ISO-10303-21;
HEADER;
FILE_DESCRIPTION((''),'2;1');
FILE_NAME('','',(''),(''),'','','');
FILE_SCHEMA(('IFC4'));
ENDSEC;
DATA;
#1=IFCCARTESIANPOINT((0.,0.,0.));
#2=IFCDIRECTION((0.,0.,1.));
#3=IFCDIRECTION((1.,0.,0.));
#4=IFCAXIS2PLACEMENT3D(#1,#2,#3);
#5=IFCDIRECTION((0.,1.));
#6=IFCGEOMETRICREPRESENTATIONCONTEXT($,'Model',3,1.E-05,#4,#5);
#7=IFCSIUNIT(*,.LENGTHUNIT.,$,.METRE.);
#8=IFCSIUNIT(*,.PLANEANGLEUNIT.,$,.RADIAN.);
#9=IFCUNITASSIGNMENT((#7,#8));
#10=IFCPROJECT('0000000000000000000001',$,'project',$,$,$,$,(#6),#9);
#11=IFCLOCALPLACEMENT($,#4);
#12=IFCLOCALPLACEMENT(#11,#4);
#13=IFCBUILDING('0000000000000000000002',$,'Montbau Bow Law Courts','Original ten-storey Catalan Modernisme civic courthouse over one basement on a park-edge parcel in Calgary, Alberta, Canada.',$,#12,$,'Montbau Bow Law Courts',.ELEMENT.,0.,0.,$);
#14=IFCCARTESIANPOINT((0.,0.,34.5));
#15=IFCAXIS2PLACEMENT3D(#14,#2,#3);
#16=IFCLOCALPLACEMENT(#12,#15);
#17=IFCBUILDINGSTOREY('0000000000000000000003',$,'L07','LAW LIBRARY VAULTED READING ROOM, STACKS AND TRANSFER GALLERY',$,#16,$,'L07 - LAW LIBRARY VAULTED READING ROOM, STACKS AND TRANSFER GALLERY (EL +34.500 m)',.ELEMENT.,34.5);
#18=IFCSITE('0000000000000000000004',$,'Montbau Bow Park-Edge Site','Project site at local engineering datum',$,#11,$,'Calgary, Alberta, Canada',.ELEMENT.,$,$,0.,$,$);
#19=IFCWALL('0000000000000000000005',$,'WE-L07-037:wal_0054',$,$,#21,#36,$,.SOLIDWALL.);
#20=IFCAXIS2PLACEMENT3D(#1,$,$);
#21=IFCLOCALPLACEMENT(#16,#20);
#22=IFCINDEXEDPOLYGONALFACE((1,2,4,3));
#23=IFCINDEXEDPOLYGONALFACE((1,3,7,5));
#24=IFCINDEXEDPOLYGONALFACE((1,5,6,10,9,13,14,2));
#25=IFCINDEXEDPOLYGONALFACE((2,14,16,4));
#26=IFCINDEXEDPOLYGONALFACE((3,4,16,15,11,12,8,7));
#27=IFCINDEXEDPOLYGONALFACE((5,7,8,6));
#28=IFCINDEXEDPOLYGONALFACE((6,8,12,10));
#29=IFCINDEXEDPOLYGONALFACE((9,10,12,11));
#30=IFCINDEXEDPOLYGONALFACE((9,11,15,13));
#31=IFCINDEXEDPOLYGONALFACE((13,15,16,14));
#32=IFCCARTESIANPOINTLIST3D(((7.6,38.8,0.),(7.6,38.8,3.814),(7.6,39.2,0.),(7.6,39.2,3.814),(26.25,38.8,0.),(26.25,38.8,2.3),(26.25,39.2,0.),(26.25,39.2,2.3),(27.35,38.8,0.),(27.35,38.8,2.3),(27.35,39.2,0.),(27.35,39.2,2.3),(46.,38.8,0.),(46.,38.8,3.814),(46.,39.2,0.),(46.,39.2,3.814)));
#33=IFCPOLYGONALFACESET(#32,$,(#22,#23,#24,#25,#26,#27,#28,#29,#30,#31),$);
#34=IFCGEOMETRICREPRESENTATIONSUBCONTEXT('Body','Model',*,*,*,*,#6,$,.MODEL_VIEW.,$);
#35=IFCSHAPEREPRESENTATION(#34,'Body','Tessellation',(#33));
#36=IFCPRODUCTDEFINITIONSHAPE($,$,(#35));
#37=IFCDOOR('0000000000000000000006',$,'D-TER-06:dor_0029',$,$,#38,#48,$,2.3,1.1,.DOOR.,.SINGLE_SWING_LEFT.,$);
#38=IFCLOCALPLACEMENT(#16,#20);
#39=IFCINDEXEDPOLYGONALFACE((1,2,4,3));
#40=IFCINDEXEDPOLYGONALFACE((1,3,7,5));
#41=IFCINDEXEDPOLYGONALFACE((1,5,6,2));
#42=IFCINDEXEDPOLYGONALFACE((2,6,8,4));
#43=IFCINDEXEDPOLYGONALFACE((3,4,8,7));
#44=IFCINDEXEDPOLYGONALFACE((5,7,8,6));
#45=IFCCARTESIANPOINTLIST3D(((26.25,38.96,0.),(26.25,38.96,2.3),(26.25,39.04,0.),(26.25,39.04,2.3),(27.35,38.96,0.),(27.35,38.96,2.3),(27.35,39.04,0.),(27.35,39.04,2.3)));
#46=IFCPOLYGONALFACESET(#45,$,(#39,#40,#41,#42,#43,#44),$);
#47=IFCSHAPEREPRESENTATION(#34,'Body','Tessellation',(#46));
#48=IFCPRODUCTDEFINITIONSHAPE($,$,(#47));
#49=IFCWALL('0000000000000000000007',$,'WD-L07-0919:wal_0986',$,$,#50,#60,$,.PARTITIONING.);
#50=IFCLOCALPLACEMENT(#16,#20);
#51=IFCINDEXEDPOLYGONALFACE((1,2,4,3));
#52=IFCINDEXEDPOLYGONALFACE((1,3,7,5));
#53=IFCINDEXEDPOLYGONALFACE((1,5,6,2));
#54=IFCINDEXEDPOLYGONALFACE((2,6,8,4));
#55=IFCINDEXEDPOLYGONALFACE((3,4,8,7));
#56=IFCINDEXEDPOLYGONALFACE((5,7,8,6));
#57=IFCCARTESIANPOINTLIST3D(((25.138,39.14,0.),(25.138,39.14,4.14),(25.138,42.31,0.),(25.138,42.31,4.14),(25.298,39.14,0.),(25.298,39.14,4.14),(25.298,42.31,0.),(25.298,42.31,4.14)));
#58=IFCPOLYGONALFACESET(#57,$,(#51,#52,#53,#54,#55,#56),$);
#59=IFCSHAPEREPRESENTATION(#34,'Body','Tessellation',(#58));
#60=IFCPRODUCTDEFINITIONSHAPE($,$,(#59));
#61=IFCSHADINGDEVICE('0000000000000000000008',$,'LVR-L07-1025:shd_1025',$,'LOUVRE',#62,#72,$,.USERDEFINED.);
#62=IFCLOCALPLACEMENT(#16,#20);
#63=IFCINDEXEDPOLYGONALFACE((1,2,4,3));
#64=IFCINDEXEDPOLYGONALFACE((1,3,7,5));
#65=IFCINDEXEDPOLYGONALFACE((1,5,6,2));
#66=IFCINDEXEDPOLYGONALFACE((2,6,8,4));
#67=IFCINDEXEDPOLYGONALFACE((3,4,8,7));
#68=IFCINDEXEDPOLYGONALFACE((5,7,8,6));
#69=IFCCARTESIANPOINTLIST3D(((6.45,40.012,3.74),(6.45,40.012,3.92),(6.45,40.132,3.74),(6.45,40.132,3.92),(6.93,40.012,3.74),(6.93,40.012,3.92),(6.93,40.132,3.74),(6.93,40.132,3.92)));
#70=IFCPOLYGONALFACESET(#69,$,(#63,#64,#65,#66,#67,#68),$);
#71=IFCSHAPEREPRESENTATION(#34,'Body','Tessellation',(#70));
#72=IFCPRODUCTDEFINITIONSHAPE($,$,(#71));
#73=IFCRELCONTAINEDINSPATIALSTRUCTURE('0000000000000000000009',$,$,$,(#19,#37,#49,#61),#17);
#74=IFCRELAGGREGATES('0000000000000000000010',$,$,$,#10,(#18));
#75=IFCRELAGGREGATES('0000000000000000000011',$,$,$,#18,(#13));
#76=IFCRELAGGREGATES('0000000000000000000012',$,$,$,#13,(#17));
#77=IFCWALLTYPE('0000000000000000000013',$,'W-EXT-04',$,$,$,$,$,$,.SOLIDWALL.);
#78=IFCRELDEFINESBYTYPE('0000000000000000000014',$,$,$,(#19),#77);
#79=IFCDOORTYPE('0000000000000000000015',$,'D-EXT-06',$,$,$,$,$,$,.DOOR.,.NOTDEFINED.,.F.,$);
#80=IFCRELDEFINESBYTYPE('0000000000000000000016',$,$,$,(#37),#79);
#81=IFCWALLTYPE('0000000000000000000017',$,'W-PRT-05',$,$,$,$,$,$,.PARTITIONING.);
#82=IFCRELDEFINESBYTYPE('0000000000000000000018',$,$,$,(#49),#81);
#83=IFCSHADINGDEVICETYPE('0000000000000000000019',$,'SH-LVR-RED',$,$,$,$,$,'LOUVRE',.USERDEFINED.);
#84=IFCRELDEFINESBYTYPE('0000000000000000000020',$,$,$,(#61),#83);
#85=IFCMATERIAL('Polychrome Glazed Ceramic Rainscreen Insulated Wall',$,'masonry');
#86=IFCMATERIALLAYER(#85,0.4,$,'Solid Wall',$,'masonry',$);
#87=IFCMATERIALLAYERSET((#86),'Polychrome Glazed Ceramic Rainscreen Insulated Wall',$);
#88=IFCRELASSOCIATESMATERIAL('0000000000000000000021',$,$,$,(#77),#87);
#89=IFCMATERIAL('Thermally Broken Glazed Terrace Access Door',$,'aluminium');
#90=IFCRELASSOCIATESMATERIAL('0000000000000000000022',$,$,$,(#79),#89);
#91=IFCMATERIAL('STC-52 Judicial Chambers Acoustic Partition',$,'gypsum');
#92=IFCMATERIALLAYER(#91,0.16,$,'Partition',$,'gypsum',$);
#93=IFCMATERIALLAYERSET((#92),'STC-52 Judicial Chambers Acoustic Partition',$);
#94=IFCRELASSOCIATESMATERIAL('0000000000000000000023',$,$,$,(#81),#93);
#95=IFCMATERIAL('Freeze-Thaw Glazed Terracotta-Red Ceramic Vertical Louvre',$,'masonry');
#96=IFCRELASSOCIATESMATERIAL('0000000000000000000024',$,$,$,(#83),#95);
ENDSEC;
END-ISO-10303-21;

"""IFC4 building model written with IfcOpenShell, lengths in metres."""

from ifc_helpers import new_model, si_unit, direction, frame, frame_2d, origin_with_axes, origin_2d_with_axis, place, context, subcontext, project, spatial, rectangle, extrude, material, layer, layer_set, type_object, element, fill, save


model = new_model("IFC4")

# Units and contexts
model_context = context("Model", 3, precision=1e-05, world=origin_with_axes(), true_north=direction((0.0, 1.0)))
body_context = subcontext(model_context, "Body", "Model", "MODEL_VIEW")
ifc_project = project(units=[si_unit("LENGTHUNIT", "METRE"), si_unit("PLANEANGLEUNIT", "RADIAN")], contexts=[model_context])

# Site, building, storey
site_placement = place(None, origin_with_axes())
site = spatial("IfcSite", under=ifc_project, at=site_placement, Name="Montbau Bow Park-Edge Site", Description="Project site at local engineering datum", LongName="Calgary, Alberta, Canada", CompositionType="ELEMENT", RefElevation=0.0)
building_placement = place(site_placement, origin_with_axes())
building = spatial("IfcBuilding", under=site, at=building_placement, Name="Montbau Bow Law Courts", Description="Original ten-storey Catalan Modernisme civic courthouse over one basement on a park-edge parcel in Calgary, Alberta, Canada.", LongName="Montbau Bow Law Courts", CompositionType="ELEMENT", ElevationOfRefHeight=0.0, ElevationOfTerrain=0.0)
storey_placement = place(building_placement, frame((0.0, 0.0, 34.5), z_axis=(0.0, 0.0, 1.0), x_axis=(1.0, 0.0, 0.0)))
storey = spatial("IfcBuildingStorey", under=building, at=storey_placement, Name="L07", Description="LAW LIBRARY VAULTED READING ROOM, STACKS AND TRANSFER GALLERY", LongName="L07 - LAW LIBRARY VAULTED READING ROOM, STACKS AND TRANSFER GALLERY (EL +34.500 m)", CompositionType="ELEMENT", Elevation=34.5)

# Wall, opening, door
ifc_material_1 = material(Name="Polychrome Glazed Ceramic Rainscreen Insulated Wall", Category="masonry")
ifc_layer_1 = layer(ifc_material_1, 0.4, Name="Solid Wall", Category="masonry")
ifc_layer_set_1 = layer_set([ifc_layer_1], Name="Polychrome Glazed Ceramic Rainscreen Insulated Wall")
wall_type_1 = type_object("IfcWallType", Name="W-EXT-04", PredefinedType="SOLIDWALL", material=ifc_layer_set_1)
wall_1_placement = place(None, frame((7.6, 39.0, 34.5), z_axis=(0.0, 0.0, 1.0), x_axis=(1.0, 0.0, 0.0)))
wall_1 = element("IfcWall", 1, at=wall_1_placement, inside=storey, type_object=wall_type_1, Name="WE-L07-037:wal_0054", PredefinedType="SOLIDWALL", context=body_context, shape_type="SweptSolid", body=[
    extrude(rectangle(XDim=38.4, YDim=0.4, at=frame_2d((19.2, 0.0), x_axis=(1.0, 0.0))), origin_with_axes(), (0.0, 0.0, 1.0), 3.814),
])
opening_placement = place(None, frame((26.8, 39.0, 34.5), z_axis=(0.0, 0.0, 1.0), x_axis=(1.0, 0.0, 0.0)))
opening = element("IfcOpeningElement", 2, at=opening_placement, cuts=wall_1, PredefinedType="OPENING", context=body_context, shape_type="SweptSolid", body=[
    extrude(rectangle(XDim=1.1, YDim=2.3, at=frame_2d((0.0, 1.15), x_axis=(1.0, 0.0))), frame((0.0, 0.21, 0.0), z_axis=(0.0, -1.0, 0.0), x_axis=(1.0, 0.0, 0.0)), (0.0, 0.0, 1.0), 0.42),
])
ifc_material_2 = material(Name="Thermally Broken Glazed Terrace Access Door", Category="aluminium")
door_type = type_object("IfcDoorType", Name="D-EXT-06", OperationType="NOTDEFINED", ParameterTakesPrecedence=False, PredefinedType="DOOR", material=ifc_material_2)
door_placement = place(None, frame((26.8, 39.0, 34.5), z_axis=(0.0, 0.0, 1.0), x_axis=(1.0, 0.0, 0.0)))
door = element("IfcDoor", 3, at=door_placement, inside=storey, type_object=door_type, Name="D-TER-06:dor_0029", OperationType="SINGLE_SWING_LEFT", OverallHeight=2.3, OverallWidth=1.1, PredefinedType="DOOR", context=body_context, shape_type="SweptSolid", body=[
    extrude(rectangle(XDim=1.1, YDim=2.3, at=frame_2d((0.0, 1.15), x_axis=(1.0, 0.0))), frame((0.0, 0.04, 0.0), z_axis=(0.0, -1.0, 0.0), x_axis=(1.0, 0.0, 0.0)), (0.0, 0.0, 1.0), 0.08),
])
fill(opening, door)

# Wall
ifc_material_3 = material(Name="STC-52 Judicial Chambers Acoustic Partition", Category="gypsum")
ifc_layer_2 = layer(ifc_material_3, 0.16, Name="Partition", Category="gypsum")
ifc_layer_set_2 = layer_set([ifc_layer_2], Name="STC-52 Judicial Chambers Acoustic Partition")
wall_type_2 = type_object("IfcWallType", Name="W-PRT-05", PredefinedType="PARTITIONING", material=ifc_layer_set_2)
wall_2_placement = place(None, frame((25.218, 39.14, 34.5), z_axis=(0.0, 0.0, 1.0), x_axis=(0.0, 1.0, 0.0)))
element("IfcWall", 4, at=wall_2_placement, inside=storey, type_object=wall_type_2, Name="WD-L07-0919:wal_0986", PredefinedType="PARTITIONING", context=body_context, shape_type="SweptSolid", body=[
    extrude(rectangle(XDim=3.17, YDim=0.16, at=frame_2d((1.585, 0.0), x_axis=(1.0, 0.0))), origin_with_axes(), (0.0, 0.0, 1.0), 4.14),
])

# Shading device
ifc_material_4 = material(Name="Freeze-Thaw Glazed Terracotta-Red Ceramic Vertical Louvre", Category="masonry")
shading_device_type = type_object("IfcShadingDeviceType", Name="SH-LVR-RED", ElementType="LOUVRE", PredefinedType="USERDEFINED", material=ifc_material_4)
shading_device_placement = place(None, frame((6.69, 40.072, 38.24), z_axis=(0.0, 0.0, 1.0), x_axis=(-1.0, 0.0, 0.0)))
element("IfcShadingDevice", 5, at=shading_device_placement, inside=storey, type_object=shading_device_type, Name="LVR-L07-1025:shd_1025", ObjectType="LOUVRE", PredefinedType="USERDEFINED", context=body_context, shape_type="SweptSolid", body=[
    extrude(rectangle(XDim=0.48, YDim=0.12, at=origin_2d_with_axis()), origin_with_axes(), (0.0, 0.0, 1.0), 0.18),
])

save(model, "model.ifc")
